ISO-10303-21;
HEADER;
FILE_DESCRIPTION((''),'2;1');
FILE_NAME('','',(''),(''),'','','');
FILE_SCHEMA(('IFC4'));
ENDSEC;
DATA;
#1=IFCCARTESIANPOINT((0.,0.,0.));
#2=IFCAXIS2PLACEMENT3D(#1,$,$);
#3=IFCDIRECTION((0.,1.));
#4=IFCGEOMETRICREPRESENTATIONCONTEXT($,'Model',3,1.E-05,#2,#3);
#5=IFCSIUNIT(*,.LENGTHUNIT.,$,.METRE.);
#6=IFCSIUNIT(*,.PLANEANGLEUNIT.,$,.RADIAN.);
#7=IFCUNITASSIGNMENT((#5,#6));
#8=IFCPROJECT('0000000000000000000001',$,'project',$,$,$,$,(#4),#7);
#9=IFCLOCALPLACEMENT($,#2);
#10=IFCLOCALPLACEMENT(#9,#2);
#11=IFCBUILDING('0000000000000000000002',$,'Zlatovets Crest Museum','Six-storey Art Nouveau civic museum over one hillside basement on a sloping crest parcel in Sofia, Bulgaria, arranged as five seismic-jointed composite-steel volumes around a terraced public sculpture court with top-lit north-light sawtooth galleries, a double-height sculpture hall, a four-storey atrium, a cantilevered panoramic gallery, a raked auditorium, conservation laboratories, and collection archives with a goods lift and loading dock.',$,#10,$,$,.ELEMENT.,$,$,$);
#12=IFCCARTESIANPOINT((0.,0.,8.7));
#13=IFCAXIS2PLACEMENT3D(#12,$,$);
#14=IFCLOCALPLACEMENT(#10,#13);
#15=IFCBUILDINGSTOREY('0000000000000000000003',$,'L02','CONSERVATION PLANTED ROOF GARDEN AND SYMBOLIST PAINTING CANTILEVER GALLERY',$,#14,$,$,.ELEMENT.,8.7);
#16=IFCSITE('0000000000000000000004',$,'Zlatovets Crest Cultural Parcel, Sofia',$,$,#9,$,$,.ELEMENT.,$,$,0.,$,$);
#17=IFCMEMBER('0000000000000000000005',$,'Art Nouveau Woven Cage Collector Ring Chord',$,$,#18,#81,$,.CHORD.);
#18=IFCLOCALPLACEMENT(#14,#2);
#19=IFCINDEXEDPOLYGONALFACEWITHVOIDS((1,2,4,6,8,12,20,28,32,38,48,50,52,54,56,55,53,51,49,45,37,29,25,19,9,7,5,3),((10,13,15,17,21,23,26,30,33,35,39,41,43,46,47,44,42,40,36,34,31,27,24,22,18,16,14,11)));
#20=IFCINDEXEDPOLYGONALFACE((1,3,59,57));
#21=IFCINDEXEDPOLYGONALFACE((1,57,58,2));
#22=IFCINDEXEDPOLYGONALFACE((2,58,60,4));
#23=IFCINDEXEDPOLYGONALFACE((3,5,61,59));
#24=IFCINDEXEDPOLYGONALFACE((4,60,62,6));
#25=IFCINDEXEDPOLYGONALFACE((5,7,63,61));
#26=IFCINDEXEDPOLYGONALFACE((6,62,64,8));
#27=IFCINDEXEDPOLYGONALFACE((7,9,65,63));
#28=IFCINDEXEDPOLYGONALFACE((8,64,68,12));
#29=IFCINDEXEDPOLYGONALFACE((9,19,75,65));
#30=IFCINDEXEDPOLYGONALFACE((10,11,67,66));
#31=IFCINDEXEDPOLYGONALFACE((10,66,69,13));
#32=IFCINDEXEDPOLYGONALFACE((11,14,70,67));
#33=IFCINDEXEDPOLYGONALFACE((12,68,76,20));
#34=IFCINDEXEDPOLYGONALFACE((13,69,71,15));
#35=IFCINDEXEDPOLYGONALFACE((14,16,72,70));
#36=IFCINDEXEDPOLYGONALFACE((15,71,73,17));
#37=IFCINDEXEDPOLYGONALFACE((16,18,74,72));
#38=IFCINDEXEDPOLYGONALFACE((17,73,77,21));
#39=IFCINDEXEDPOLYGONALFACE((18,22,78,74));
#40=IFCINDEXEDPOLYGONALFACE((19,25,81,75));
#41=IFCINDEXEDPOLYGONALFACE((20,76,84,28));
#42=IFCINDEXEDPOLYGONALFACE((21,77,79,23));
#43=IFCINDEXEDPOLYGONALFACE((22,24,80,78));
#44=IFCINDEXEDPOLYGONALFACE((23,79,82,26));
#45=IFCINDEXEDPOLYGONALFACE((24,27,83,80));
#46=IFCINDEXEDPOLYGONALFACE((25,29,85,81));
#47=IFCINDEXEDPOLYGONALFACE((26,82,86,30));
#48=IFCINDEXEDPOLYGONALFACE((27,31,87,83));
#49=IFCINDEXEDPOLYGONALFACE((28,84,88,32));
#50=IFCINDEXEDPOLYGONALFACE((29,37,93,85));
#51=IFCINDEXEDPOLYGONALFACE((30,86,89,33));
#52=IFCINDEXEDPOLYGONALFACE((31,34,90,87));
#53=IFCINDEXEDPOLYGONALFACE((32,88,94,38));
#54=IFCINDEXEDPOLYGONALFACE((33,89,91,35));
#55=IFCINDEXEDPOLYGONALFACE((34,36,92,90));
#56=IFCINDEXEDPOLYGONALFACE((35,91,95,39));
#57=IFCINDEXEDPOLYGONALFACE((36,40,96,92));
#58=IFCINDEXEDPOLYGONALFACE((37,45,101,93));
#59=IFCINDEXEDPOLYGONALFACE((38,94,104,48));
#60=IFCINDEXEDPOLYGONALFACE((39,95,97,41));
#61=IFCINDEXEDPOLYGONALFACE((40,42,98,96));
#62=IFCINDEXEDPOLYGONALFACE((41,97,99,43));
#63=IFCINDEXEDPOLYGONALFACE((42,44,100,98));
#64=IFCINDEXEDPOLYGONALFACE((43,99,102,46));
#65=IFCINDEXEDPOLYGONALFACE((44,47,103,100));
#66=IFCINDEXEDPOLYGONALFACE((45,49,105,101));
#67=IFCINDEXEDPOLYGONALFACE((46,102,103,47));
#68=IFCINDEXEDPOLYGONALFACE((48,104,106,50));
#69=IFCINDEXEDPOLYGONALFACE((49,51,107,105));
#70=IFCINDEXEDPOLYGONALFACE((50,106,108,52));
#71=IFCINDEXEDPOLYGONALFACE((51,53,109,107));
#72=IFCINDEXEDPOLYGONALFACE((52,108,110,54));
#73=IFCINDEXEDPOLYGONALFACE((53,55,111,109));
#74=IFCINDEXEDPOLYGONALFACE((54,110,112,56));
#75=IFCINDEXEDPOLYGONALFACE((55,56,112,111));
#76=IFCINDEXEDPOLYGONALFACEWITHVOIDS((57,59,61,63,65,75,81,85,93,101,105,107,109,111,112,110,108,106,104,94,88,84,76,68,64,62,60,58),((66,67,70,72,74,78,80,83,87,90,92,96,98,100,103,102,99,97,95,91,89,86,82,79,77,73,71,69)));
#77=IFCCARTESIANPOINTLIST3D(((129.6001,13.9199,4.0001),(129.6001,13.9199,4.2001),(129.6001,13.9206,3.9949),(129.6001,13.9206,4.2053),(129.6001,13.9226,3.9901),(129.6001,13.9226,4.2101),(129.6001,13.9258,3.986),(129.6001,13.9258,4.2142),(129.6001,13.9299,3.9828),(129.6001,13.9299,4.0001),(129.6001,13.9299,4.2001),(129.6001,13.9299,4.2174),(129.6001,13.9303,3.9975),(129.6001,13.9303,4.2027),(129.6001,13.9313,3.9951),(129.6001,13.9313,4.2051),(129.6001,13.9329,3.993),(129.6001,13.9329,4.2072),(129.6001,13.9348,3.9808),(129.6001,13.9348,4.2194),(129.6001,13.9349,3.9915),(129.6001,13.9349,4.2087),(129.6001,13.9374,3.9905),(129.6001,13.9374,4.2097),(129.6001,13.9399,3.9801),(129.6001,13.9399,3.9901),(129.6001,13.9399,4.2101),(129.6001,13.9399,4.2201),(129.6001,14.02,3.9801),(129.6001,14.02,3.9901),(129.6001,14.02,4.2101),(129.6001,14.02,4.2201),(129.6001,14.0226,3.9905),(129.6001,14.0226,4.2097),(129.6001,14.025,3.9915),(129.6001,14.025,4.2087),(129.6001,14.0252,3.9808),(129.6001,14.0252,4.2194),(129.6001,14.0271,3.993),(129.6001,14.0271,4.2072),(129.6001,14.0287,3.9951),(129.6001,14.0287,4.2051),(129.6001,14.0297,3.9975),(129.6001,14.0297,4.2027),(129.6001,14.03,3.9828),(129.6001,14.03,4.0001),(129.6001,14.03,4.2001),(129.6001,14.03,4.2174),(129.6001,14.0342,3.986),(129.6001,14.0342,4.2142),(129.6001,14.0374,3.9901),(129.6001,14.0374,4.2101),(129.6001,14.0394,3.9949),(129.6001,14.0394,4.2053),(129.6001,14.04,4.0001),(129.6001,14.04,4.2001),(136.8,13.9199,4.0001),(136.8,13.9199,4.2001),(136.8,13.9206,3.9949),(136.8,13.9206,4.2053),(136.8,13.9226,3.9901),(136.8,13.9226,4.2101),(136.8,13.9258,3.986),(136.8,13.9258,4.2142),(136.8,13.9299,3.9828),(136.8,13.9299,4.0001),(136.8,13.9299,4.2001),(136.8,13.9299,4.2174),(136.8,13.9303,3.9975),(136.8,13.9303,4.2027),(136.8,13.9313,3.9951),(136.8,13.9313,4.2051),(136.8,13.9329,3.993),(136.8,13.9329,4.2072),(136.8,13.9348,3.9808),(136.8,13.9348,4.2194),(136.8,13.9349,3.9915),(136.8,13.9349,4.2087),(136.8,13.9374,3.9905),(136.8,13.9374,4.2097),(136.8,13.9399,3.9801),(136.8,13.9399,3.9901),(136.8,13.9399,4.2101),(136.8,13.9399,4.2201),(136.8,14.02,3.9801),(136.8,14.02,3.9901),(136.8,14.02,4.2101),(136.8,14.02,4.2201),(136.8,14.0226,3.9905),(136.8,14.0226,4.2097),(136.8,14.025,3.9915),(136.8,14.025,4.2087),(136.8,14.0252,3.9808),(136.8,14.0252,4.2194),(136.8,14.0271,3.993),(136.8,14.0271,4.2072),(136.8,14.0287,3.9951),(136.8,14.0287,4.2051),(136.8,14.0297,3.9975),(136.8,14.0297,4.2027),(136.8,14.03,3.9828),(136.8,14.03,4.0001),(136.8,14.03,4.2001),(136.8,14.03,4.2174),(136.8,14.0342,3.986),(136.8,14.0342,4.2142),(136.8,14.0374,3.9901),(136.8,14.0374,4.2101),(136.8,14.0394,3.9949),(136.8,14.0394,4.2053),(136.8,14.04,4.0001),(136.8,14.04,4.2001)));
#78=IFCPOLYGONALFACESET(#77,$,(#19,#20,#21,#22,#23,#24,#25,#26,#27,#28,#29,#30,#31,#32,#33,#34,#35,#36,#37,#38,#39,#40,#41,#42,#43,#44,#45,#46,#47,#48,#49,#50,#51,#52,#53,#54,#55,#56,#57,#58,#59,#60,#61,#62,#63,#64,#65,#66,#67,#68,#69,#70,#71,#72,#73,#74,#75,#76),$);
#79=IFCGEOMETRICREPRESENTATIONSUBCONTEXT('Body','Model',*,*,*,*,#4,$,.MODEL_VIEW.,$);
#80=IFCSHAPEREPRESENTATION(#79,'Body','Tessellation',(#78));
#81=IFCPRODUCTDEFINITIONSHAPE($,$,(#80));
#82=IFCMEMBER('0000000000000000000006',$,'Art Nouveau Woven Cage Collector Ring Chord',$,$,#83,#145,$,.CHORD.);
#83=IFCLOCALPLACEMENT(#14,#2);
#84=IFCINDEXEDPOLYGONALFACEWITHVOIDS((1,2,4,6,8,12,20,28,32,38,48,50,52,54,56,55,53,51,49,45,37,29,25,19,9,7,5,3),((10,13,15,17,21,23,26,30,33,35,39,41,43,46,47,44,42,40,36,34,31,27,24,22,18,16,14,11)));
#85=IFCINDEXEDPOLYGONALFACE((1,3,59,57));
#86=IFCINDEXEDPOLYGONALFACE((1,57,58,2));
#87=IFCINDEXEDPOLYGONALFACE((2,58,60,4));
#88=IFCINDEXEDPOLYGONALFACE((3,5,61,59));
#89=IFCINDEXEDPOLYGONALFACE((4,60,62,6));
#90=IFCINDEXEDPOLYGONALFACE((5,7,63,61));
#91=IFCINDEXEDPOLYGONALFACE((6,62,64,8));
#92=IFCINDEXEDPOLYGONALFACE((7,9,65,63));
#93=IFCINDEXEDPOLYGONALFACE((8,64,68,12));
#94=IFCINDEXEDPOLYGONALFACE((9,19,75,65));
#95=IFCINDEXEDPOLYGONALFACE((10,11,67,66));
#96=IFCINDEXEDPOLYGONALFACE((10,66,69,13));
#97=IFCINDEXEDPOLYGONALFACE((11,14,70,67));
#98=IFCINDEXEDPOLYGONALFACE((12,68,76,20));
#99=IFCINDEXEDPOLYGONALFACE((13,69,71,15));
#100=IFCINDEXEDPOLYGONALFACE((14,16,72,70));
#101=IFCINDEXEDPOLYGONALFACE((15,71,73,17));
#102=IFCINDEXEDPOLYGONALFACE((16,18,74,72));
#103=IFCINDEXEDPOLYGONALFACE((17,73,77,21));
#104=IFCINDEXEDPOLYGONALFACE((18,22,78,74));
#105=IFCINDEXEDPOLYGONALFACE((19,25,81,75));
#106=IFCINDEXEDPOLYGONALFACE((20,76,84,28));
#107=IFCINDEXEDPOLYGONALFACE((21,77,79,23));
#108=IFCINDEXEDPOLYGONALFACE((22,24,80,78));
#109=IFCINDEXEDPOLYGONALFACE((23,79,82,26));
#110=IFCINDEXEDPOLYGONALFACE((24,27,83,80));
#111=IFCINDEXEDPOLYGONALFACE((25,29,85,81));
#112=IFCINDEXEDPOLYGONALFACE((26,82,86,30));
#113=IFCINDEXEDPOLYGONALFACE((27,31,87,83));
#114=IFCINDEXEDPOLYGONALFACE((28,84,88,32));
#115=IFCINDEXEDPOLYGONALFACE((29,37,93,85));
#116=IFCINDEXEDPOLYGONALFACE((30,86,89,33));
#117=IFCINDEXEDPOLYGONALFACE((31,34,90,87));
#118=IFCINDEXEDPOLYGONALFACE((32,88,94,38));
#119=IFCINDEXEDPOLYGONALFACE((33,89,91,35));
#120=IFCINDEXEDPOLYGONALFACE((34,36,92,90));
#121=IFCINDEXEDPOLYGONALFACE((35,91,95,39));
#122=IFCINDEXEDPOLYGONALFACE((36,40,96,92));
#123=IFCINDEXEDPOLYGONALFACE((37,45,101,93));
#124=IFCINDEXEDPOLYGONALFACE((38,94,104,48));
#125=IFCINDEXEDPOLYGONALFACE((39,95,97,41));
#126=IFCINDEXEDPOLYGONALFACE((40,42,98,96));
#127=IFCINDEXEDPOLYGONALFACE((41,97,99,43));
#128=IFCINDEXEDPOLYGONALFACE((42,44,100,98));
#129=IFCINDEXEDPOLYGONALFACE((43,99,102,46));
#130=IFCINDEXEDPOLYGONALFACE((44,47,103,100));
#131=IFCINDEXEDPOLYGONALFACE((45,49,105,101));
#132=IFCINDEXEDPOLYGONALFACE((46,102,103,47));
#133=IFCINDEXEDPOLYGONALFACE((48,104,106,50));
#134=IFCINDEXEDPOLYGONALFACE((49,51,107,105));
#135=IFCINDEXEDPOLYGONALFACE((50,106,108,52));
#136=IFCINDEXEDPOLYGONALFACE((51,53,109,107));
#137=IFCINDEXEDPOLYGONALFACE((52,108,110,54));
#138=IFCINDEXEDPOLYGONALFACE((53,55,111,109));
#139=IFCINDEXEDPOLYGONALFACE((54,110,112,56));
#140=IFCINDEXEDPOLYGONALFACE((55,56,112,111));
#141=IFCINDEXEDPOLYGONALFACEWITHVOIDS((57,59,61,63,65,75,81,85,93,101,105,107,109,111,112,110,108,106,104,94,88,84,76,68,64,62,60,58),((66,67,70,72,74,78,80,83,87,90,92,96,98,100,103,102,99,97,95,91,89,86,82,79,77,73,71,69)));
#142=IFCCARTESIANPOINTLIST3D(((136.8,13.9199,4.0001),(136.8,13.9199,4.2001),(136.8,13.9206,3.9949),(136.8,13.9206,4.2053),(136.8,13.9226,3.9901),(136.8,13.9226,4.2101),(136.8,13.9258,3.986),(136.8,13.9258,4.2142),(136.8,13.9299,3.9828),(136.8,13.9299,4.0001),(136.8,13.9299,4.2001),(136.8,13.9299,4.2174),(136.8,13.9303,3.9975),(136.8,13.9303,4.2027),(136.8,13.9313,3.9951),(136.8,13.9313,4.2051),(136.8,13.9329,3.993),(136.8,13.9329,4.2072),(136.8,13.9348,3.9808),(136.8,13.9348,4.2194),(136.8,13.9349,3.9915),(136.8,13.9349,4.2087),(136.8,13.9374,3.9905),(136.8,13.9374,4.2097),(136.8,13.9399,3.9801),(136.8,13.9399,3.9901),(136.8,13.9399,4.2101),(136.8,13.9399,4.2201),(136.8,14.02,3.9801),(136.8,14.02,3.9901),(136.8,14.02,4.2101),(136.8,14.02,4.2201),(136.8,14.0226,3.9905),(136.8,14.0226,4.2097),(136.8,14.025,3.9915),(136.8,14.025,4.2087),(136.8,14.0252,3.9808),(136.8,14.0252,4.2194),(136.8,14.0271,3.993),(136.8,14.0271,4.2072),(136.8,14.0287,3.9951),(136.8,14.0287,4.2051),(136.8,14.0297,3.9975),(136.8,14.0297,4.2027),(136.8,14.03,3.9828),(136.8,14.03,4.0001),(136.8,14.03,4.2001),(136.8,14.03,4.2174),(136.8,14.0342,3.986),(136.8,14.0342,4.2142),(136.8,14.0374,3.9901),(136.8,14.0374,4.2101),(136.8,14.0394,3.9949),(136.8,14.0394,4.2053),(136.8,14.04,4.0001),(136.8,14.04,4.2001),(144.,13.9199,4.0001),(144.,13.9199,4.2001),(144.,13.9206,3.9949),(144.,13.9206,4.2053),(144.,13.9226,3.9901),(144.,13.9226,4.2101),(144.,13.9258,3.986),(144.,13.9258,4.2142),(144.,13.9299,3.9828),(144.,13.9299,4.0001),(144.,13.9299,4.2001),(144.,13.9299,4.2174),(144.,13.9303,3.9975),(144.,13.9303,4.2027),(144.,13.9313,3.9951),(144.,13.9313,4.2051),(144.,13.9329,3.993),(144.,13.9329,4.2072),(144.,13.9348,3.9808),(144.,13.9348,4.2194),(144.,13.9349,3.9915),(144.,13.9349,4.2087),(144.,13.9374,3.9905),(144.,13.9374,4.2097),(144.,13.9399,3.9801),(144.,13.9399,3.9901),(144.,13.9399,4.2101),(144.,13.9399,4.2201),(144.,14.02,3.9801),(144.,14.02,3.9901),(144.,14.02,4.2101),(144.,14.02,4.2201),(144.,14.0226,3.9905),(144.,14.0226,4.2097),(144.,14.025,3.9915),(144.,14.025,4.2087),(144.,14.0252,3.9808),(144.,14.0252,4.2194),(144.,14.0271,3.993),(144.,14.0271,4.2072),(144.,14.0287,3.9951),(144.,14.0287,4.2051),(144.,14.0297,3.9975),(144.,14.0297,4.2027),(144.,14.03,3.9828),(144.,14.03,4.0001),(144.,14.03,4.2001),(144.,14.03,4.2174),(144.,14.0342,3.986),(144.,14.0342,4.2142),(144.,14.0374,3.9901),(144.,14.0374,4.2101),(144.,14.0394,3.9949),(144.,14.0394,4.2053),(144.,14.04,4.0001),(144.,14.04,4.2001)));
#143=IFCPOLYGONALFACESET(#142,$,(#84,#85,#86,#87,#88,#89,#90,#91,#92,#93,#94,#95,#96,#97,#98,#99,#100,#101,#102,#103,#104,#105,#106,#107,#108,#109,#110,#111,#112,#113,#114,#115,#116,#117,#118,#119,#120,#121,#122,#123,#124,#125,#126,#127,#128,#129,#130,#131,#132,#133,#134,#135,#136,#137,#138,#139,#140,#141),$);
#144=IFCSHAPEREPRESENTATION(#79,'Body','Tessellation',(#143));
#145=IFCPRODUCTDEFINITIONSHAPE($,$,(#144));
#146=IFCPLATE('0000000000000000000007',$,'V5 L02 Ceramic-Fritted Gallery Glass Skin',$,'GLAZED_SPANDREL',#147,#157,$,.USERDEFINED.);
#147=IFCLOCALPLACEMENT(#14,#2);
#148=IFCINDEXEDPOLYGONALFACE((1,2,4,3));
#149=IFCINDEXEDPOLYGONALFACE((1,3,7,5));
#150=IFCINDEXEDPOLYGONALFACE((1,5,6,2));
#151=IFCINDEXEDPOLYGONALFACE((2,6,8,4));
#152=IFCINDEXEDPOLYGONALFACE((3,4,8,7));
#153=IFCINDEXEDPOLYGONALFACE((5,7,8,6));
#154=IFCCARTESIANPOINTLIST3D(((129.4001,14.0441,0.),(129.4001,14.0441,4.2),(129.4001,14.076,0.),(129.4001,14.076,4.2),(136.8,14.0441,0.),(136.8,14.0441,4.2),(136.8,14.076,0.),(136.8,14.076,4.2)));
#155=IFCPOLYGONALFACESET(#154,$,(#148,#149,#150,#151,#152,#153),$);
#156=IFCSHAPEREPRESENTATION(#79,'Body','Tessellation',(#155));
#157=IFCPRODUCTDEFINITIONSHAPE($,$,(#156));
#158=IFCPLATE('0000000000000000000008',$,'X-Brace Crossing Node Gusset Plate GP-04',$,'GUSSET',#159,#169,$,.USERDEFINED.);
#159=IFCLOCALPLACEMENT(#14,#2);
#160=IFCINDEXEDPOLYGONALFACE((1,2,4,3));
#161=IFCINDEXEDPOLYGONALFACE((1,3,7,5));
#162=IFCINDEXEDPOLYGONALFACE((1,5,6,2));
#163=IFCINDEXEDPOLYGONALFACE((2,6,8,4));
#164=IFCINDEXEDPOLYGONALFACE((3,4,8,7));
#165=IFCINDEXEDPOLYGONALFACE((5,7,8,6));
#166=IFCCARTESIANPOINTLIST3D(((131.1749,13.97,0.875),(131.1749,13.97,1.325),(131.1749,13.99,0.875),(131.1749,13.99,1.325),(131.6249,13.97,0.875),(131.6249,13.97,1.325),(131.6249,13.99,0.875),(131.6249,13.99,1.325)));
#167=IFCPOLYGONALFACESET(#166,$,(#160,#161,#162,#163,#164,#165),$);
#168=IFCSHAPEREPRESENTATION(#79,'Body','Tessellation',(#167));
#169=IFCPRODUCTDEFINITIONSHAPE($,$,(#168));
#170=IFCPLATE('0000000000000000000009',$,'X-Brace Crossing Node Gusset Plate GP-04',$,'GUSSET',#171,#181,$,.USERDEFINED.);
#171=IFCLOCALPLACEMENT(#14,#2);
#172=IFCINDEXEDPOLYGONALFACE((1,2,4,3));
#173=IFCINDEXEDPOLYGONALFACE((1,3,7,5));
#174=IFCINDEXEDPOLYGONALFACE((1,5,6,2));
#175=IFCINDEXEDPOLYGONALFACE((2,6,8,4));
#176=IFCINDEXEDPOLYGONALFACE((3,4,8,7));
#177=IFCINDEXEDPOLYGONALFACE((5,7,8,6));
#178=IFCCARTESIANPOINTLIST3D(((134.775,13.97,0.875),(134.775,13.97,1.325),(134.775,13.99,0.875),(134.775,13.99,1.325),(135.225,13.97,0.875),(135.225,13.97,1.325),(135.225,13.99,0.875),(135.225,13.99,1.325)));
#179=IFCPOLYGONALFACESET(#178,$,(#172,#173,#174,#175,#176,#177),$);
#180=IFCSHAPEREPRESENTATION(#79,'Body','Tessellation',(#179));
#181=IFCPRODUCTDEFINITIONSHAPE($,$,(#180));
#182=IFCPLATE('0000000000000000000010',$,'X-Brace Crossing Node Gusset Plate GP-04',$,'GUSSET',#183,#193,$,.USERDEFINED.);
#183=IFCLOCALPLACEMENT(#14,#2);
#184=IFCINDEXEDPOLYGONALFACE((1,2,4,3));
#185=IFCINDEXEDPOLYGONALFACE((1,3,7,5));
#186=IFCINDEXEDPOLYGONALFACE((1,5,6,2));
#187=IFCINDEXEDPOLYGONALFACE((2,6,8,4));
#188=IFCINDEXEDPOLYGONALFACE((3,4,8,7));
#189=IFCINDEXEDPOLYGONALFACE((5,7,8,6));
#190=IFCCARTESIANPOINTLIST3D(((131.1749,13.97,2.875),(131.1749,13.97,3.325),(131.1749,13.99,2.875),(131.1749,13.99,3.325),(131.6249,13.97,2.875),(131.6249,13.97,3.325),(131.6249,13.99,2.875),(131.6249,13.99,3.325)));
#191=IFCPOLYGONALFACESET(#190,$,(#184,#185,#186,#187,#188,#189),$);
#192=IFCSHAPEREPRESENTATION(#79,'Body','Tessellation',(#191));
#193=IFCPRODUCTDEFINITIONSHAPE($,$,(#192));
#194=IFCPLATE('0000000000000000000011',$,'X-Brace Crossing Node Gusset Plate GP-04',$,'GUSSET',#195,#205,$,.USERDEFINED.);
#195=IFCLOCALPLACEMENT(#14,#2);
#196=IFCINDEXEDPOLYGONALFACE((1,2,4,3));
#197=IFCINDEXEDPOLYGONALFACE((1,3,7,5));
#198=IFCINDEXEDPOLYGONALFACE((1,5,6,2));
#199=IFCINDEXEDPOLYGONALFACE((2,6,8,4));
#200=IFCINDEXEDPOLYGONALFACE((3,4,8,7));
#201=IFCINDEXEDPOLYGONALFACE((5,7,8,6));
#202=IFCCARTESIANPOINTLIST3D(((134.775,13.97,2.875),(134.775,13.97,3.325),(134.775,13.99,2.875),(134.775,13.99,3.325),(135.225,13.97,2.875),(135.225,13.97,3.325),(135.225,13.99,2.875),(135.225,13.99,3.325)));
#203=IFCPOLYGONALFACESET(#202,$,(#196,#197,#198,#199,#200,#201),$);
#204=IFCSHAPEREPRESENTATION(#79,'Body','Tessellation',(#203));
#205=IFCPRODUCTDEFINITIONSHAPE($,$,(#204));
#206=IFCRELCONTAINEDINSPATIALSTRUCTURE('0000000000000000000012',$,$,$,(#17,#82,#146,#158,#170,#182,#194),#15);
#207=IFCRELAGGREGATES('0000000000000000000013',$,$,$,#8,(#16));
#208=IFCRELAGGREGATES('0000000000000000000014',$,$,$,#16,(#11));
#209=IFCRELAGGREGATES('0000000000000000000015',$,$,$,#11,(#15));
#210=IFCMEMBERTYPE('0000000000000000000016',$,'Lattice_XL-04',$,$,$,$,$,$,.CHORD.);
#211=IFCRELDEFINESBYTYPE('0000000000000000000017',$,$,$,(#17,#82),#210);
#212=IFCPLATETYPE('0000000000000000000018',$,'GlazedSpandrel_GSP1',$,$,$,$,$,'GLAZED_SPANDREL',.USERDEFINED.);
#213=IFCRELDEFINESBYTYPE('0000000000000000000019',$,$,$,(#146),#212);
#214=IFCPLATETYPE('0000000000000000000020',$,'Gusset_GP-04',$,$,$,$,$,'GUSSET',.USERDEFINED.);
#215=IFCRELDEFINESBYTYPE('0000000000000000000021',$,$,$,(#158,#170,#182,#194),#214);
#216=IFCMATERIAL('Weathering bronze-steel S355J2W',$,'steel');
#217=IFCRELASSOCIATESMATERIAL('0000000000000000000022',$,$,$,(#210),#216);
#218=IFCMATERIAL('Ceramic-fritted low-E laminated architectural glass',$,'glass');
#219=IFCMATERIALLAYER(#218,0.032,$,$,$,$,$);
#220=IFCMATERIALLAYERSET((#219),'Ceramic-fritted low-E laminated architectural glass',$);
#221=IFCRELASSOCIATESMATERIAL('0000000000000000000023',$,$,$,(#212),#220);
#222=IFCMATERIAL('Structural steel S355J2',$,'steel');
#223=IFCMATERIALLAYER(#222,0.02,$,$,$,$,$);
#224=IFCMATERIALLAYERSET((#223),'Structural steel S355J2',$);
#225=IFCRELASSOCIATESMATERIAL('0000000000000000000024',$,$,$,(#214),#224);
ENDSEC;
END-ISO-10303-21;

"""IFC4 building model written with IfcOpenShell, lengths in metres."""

from ifc_helpers import new_model, si_unit, direction, frame, origin, origin_2d, place, context, subcontext, project, spatial, rectangle, hollow_rectangle, extrude, material, layer, layer_set, material_profile, profile_set, type_object, element, save


model = new_model("IFC4")

# Units and contexts
model_context = context("Model", 3, precision=1e-05, world=origin(), true_north=direction((0.0, 1.0)))
body_context = subcontext(model_context, "Body", "Model", "MODEL_VIEW")
ifc_project = project(units=[si_unit("LENGTHUNIT", "METRE"), si_unit("PLANEANGLEUNIT", "RADIAN")], contexts=[model_context])

# Site, building, storey
site_placement = place(None, origin())
site = spatial("IfcSite", under=ifc_project, at=site_placement, Name="Zlatovets Crest Cultural Parcel, Sofia", CompositionType="ELEMENT", RefElevation=0.0)
building_placement = place(site_placement, origin())
building = spatial("IfcBuilding", under=site, at=building_placement, Name="Zlatovets Crest Museum", Description="Six-storey Art Nouveau civic museum over one hillside basement on a sloping crest parcel in Sofia, Bulgaria, arranged as five seismic-jointed composite-steel volumes around a terraced public sculpture court with top-lit north-light sawtooth galleries, a double-height sculpture hall, a four-storey atrium, a cantilevered panoramic gallery, a raked auditorium, conservation laboratories, and collection archives with a goods lift and loading dock.", CompositionType="ELEMENT")
storey_placement = place(building_placement, frame((0.0, 0.0, 8.7)))
storey = spatial("IfcBuildingStorey", under=building, at=storey_placement, Name="L02", Description="CONSERVATION PLANTED ROOF GARDEN AND SYMBOLIST PAINTING CANTILEVER GALLERY", CompositionType="ELEMENT", Elevation=8.7)

# Shared definitions
ifc_material_1 = material(Name="Structural steel S355J2", Category="steel")

# Members
ifc_material_2 = material(Name="Weathering bronze-steel S355J2W", Category="steel")
ifc_material_profile_1 = material_profile(ifc_material_2, hollow_rectangle(XDim=0.1201, YDim=0.24, WallThickness=0.01, InnerFilletRadius=0.01, OuterFilletRadius=0.02, at=origin_2d()), Name="RHS 120x240x10.0")
ifc_profile_set_1 = profile_set([ifc_material_profile_1], Name="Weathering bronze-steel S355J2W")
member_type_1 = type_object("IfcMemberType", Name="Lattice_XL-04", PredefinedType="CHORD", material=ifc_profile_set_1)
for number, where, z_axis, x_axis, name in (
    (1, (129.6001, 13.98, 4.1001), (1.0, 0.0, 0.0), (0.0, 1.0, 0.0), "Art Nouveau Woven Cage Collector Ring Chord"),
    (2, (136.8, 13.98, 4.1001), (1.0, 0.0, 0.0), (0.0, 1.0, 0.0), "Art Nouveau Woven Cage Collector Ring Chord"),
):
    element("IfcMember", number, at=place(storey_placement, frame(where, z_axis=z_axis, x_axis=x_axis)), inside=storey, type_object=member_type_1, Name=name, PredefinedType="CHORD", context=body_context, shape_type="SweptSolid", body=[
        extrude(hollow_rectangle(XDim=0.1201, YDim=0.24, WallThickness=0.01, InnerFilletRadius=0.01, OuterFilletRadius=0.02, at=origin_2d()), origin(), (0.0, 0.0, 1.0), 7.2),
    ])

# Plates
ifc_material_3 = material(Name="Ceramic-fritted low-E laminated architectural glass", Category="glass")
ifc_layer_1 = layer(ifc_material_3, 0.032)
ifc_layer_set_1 = layer_set([ifc_layer_1], Name="Ceramic-fritted low-E laminated architectural glass")
plate_type_1 = type_object("IfcPlateType", Name="GlazedSpandrel_GSP1", ElementType="GLAZED_SPANDREL", PredefinedType="USERDEFINED", material=ifc_layer_set_1)
plate_placement = place(storey_placement, frame((133.1001, 14.0601, 0.0), z_axis=(0.0, 0.0, 1.0), x_axis=(1.0, 0.0, 0.0)))
element("IfcPlate", 3, at=plate_placement, inside=storey, type_object=plate_type_1, Name="V5 L02 Ceramic-Fritted Gallery Glass Skin", ObjectType="GLAZED_SPANDREL", PredefinedType="USERDEFINED", context=body_context, shape_type="SweptSolid", body=[
    extrude(rectangle(XDim=7.3999, YDim=0.032, at=origin_2d()), origin(), (0.0, 0.0, 1.0), 4.2),
])
ifc_layer_2 = layer(ifc_material_1, 0.02)
ifc_layer_set_2 = layer_set([ifc_layer_2], Name="Structural steel S355J2")
plate_type_2 = type_object("IfcPlateType", Name="Gusset_GP-04", ElementType="GUSSET", PredefinedType="USERDEFINED", material=ifc_layer_set_2)
for number, where, z_axis, x_axis, name in (
    (4, (131.3999, 13.98, 0.875), (0.0, 0.0, 1.0), (1.0, 0.0, 0.0), "X-Brace Crossing Node Gusset Plate GP-04"),
    (5, (135.0, 13.98, 0.875), (0.0, 0.0, 1.0), (1.0, 0.0, 0.0), "X-Brace Crossing Node Gusset Plate GP-04"),
    (6, (131.3999, 13.98, 2.875), (0.0, 0.0, 1.0), (1.0, 0.0, 0.0), "X-Brace Crossing Node Gusset Plate GP-04"),
    (7, (135.0, 13.98, 2.875), (0.0, 0.0, 1.0), (1.0, 0.0, 0.0), "X-Brace Crossing Node Gusset Plate GP-04"),
):
    element("IfcPlate", number, at=place(storey_placement, frame(where, z_axis=z_axis, x_axis=x_axis)), inside=storey, type_object=plate_type_2, Name=name, ObjectType="GUSSET", PredefinedType="USERDEFINED", context=body_context, shape_type="SweptSolid", body=[
        extrude(rectangle(XDim=0.45, YDim=0.02, at=origin_2d()), origin(), (0.0, 0.0, 1.0), 0.45),
    ])

save(model, "model.ifc")
